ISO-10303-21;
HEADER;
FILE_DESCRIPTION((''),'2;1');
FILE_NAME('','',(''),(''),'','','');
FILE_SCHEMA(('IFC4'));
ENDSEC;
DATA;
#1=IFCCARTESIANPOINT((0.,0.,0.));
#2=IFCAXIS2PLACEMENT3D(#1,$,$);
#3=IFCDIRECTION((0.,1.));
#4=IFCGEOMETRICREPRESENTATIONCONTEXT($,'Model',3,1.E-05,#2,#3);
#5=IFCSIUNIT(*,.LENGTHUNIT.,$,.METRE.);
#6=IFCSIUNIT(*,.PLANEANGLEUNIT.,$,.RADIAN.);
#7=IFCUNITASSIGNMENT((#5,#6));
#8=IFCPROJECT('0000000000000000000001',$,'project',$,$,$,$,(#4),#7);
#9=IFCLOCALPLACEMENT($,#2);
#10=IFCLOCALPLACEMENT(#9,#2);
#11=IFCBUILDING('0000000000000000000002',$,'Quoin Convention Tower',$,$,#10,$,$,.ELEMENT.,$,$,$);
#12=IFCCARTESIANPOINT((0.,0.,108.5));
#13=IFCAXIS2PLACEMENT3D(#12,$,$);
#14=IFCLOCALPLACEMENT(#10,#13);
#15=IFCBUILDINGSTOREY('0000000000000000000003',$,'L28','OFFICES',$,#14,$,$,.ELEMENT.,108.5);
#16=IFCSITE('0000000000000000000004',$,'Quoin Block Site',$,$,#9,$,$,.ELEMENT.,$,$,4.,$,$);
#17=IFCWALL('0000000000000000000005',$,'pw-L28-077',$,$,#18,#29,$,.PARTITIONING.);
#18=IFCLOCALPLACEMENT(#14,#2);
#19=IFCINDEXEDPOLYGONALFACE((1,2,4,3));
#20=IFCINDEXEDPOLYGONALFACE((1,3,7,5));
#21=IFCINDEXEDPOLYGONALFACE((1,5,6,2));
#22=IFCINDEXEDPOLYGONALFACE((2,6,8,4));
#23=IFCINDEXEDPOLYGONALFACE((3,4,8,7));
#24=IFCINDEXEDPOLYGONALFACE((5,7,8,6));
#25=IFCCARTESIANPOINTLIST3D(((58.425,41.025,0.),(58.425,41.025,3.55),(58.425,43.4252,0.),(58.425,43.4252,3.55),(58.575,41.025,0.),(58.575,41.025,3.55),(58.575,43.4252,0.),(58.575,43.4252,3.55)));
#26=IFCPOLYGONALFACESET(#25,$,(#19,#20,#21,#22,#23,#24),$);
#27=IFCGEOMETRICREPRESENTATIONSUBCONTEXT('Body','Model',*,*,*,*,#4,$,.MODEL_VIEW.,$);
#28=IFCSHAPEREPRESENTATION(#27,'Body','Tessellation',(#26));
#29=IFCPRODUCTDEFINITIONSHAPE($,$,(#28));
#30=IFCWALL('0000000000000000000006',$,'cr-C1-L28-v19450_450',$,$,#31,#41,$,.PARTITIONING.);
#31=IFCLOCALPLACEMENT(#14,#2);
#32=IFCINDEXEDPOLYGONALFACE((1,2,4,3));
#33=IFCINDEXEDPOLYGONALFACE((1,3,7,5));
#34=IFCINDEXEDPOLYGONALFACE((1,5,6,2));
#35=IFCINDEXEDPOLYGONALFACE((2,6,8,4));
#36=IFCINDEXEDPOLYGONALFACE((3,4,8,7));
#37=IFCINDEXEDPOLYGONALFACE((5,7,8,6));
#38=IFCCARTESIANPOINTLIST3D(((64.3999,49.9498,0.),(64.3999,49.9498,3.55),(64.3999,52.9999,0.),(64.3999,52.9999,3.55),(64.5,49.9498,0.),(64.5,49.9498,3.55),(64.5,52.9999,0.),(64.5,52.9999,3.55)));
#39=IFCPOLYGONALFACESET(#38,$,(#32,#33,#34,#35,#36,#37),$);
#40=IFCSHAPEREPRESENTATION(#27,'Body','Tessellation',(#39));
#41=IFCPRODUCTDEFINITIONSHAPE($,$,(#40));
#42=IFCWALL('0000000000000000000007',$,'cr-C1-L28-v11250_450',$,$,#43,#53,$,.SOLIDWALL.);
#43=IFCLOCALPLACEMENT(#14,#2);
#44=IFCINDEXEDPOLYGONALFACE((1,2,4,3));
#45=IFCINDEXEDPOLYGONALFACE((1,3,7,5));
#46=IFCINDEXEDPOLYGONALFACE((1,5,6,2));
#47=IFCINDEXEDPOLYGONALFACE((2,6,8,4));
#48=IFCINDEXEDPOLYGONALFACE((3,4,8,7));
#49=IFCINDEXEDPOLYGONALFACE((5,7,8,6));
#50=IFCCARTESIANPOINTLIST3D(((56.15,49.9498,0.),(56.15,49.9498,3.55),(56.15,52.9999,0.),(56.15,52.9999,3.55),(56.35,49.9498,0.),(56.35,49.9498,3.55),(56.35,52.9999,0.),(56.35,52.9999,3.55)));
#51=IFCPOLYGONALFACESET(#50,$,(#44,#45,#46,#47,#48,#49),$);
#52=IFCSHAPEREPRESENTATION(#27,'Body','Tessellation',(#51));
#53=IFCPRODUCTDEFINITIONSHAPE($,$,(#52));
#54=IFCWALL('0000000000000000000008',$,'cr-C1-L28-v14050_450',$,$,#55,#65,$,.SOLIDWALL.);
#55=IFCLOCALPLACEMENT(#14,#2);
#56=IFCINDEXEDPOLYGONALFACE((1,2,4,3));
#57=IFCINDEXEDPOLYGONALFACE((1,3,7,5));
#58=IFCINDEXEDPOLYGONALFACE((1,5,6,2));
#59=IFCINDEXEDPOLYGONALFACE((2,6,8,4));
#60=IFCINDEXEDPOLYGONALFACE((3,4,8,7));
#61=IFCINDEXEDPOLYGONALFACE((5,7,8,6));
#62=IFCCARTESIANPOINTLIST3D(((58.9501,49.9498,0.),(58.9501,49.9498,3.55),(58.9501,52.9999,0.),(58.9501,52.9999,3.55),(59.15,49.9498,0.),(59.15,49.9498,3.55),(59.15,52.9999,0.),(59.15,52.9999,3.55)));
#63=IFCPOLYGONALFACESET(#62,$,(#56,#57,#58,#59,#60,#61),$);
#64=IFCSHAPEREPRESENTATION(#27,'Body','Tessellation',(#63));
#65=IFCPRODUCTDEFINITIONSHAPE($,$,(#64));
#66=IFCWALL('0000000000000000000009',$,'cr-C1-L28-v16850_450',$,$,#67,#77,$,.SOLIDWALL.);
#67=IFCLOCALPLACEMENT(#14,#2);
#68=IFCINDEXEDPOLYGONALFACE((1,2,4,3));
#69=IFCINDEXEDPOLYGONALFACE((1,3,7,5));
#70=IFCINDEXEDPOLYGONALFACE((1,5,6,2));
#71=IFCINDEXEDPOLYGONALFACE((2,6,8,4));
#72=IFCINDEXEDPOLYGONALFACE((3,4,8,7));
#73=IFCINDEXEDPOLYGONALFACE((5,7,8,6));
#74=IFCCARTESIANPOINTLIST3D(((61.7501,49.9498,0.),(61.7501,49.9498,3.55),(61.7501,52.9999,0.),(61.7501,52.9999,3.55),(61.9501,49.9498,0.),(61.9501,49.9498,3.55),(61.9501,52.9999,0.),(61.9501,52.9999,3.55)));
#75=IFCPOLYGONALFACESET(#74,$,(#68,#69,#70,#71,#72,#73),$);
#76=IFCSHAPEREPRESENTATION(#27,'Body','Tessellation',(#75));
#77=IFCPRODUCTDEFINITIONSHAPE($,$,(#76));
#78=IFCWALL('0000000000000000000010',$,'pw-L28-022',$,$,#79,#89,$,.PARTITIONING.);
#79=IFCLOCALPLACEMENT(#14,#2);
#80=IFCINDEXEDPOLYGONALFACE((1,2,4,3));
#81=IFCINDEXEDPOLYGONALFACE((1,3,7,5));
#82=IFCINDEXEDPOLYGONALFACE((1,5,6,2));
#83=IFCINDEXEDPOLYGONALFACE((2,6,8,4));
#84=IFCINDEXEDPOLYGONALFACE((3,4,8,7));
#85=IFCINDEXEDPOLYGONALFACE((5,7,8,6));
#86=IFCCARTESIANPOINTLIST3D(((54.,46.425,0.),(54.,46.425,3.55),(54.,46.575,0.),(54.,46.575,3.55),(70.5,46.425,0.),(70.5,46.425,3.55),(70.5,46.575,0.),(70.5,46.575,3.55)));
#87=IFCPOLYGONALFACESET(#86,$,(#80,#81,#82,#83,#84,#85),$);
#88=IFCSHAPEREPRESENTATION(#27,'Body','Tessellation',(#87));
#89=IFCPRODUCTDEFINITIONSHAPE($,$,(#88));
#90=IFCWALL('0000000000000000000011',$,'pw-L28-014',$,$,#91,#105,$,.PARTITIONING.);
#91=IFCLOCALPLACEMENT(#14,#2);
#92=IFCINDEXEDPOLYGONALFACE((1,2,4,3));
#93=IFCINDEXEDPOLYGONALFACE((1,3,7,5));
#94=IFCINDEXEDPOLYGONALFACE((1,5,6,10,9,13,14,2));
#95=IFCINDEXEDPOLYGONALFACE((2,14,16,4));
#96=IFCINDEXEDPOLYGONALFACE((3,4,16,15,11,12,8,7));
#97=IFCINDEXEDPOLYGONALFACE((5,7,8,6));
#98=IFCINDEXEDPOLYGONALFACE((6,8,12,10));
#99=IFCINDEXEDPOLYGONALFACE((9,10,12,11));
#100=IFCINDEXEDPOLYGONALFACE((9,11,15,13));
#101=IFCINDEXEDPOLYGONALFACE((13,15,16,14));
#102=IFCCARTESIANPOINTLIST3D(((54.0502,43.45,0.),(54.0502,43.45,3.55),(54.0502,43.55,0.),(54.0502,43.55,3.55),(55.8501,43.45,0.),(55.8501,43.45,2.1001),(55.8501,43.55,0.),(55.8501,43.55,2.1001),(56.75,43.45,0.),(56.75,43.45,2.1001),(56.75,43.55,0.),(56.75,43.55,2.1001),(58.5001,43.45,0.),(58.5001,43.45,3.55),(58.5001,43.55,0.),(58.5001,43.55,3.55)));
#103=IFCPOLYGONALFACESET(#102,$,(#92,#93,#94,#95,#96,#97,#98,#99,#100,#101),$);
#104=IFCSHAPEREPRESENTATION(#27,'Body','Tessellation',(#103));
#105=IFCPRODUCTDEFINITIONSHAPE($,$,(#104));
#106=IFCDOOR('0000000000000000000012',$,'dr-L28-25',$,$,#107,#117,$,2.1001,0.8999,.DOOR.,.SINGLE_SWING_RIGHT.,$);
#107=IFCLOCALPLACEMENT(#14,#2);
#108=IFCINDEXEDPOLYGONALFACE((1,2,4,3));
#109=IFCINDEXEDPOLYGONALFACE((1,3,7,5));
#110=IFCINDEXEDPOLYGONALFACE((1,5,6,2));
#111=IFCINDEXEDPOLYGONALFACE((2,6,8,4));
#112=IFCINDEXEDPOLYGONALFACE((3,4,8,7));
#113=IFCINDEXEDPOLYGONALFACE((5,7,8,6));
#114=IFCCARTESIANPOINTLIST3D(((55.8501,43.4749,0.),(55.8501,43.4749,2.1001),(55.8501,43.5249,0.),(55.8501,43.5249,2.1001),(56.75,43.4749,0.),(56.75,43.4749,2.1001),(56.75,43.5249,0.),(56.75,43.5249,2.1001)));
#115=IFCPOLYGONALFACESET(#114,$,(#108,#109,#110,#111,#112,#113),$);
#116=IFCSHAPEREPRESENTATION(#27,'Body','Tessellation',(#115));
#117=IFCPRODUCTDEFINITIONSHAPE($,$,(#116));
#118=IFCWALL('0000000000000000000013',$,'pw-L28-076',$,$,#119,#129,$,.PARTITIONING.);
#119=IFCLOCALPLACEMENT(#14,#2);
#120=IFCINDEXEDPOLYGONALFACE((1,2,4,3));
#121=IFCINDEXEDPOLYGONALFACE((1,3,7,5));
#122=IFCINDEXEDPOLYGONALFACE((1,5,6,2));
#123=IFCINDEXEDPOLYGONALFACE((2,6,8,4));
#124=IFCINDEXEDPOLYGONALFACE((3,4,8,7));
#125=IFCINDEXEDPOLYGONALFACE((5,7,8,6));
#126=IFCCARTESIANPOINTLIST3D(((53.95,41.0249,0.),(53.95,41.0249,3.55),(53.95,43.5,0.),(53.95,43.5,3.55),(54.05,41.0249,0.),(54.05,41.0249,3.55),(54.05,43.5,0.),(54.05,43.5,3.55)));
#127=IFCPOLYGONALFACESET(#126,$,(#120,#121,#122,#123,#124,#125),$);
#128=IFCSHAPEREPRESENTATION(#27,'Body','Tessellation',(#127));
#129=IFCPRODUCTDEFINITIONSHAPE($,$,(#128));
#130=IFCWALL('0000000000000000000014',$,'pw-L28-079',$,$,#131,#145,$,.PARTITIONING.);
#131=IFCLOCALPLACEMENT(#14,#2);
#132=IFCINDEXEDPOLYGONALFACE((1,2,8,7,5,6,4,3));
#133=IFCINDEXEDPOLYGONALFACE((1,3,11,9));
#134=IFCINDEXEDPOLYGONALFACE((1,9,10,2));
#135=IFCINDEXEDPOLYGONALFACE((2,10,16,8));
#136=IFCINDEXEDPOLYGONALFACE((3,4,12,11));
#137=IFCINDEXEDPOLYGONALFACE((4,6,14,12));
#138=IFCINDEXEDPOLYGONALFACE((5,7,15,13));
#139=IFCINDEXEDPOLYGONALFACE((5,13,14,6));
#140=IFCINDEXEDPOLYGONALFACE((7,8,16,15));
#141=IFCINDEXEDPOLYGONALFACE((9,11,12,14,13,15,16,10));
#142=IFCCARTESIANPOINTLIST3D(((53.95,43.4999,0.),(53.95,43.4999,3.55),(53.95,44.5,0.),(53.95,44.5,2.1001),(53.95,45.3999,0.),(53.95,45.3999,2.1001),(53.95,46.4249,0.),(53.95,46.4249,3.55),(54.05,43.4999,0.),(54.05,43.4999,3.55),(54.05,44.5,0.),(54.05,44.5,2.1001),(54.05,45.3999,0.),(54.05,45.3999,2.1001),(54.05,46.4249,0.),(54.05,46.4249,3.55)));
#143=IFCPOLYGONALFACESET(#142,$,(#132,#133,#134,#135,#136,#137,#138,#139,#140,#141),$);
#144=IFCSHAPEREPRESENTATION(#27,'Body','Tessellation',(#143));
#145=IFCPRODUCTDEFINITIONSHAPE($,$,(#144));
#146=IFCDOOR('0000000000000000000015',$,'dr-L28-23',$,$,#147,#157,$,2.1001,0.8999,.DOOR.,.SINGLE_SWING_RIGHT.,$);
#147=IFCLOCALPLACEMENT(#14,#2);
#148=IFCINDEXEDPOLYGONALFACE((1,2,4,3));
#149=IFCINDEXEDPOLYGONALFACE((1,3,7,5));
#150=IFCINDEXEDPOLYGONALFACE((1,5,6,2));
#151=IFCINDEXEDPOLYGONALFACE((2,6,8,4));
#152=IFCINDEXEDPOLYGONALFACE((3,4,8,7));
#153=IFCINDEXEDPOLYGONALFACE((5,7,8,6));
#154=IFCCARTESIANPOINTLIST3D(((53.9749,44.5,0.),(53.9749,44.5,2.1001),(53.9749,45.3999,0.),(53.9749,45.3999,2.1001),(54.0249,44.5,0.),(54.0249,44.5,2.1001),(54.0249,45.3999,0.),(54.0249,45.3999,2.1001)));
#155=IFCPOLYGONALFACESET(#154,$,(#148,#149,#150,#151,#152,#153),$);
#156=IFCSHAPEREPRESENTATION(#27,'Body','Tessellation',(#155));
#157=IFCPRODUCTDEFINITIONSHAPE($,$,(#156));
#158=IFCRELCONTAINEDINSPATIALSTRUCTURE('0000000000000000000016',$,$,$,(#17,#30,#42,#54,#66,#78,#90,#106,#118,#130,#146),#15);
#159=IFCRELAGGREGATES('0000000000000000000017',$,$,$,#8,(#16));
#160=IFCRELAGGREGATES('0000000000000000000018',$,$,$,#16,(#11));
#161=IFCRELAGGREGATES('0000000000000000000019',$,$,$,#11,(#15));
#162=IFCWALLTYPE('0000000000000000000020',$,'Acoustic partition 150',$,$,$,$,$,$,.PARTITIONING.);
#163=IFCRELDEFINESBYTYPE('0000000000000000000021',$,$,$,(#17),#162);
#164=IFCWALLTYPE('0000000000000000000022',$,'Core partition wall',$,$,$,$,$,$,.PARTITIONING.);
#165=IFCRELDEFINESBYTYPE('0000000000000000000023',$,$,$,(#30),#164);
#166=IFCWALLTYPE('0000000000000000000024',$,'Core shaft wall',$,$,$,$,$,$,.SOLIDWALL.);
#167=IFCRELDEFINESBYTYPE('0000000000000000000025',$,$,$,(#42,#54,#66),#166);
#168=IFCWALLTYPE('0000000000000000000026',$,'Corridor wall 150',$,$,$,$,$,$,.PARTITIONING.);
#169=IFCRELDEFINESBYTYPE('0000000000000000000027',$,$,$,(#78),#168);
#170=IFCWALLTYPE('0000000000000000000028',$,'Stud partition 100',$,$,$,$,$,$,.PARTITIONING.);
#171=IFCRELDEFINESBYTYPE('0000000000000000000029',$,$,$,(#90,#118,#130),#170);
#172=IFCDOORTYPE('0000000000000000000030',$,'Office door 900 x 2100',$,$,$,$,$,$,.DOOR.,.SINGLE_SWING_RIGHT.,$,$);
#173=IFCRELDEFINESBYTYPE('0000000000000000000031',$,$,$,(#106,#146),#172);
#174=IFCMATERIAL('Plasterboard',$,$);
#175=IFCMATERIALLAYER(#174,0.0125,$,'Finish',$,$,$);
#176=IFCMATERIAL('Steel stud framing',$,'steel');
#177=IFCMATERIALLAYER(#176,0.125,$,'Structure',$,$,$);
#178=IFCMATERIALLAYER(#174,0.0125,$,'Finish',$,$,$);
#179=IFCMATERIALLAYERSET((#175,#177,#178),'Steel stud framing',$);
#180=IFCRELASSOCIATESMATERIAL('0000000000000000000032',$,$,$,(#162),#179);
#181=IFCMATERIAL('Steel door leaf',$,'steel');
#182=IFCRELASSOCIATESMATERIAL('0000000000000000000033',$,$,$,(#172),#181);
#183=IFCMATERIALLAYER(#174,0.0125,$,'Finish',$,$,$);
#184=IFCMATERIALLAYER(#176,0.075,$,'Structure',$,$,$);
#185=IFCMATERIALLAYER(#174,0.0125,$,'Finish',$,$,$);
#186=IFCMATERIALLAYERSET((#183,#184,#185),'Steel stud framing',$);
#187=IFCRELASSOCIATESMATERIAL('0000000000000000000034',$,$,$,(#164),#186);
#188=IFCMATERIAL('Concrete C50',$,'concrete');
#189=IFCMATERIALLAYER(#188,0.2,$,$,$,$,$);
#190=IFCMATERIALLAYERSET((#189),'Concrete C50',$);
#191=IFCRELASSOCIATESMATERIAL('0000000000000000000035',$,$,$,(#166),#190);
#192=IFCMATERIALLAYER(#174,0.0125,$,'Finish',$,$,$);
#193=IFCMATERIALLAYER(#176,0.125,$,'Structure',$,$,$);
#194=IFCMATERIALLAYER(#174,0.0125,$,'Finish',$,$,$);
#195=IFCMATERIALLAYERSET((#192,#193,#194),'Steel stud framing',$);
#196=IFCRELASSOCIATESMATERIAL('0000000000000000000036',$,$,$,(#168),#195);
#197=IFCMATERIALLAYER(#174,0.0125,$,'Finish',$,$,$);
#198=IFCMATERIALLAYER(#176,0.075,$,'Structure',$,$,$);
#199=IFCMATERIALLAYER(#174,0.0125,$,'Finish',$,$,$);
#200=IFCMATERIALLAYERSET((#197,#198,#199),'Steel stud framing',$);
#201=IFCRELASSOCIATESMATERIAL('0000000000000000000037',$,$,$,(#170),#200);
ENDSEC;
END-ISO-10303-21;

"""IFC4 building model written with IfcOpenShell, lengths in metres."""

from ifc_helpers import new_model, si_unit, direction, frame, frame_2d, origin, place, context, subcontext, project, spatial, rectangle, extrude, material, layer, layer_set, type_object, element, fill, save


model = new_model("IFC4")

# Units and contexts
model_context = context("Model", 3, precision=1e-05, world=origin(), true_north=direction((0.0, 1.0)))
body_context = subcontext(model_context, "Body", "Model", "MODEL_VIEW")
ifc_project = project(units=[si_unit("LENGTHUNIT", "METRE"), si_unit("PLANEANGLEUNIT", "RADIAN")], contexts=[model_context])

# Site, building, storey
site_placement = place(None, origin())
site = spatial("IfcSite", under=ifc_project, at=site_placement, Name="Quoin Block Site", CompositionType="ELEMENT", RefElevation=4.0)
building_placement = place(site_placement, origin())
building = spatial("IfcBuilding", under=site, at=building_placement, Name="Quoin Convention Tower", CompositionType="ELEMENT")
storey_placement = place(building_placement, frame((0.0, 0.0, 108.5)))
storey = spatial("IfcBuildingStorey", under=building, at=storey_placement, Name="L28", Description="OFFICES", CompositionType="ELEMENT", Elevation=108.5)

# Shared definitions
ifc_material_1 = material(Name="Plasterboard")
ifc_layer_1 = layer(ifc_material_1, 0.0125, Name="Finish")
ifc_material_2 = material(Name="Steel stud framing", Category="steel")
ifc_layer_2 = layer(ifc_material_2, 0.125, Name="Structure")
ifc_layer_3 = layer(ifc_material_1, 0.0125, Name="Finish")
ifc_layer_set_1 = layer_set([ifc_layer_1, ifc_layer_2, ifc_layer_3], Name="Steel stud framing")
wall_type_1 = type_object("IfcWallType", Name="Acoustic partition 150", PredefinedType="PARTITIONING", material=ifc_layer_set_1)
ifc_material_3 = material(Name="Steel door leaf", Category="steel")
door_type = type_object("IfcDoorType", Name="Office door 900 x 2100", OperationType="SINGLE_SWING_RIGHT", PredefinedType="DOOR", material=ifc_material_3)

# Walls
wall_1_placement = place(storey_placement, frame((58.5, 41.0249, 0.0), z_axis=(0.0, 0.0, 1.0), x_axis=(0.0, 1.0, 0.0)))
element("IfcWall", 1, at=wall_1_placement, inside=storey, type_object=wall_type_1, Name="pw-L28-077", PredefinedType="PARTITIONING", context=body_context, shape_type="SweptSolid", body=[
    extrude(rectangle(XDim=2.4001, YDim=0.1499, at=frame_2d((1.2002, 0.0))), origin(), (0.0, 0.0, 1.0), 3.55),
])
ifc_layer_4 = layer(ifc_material_1, 0.0125, Name="Finish")
ifc_layer_5 = layer(ifc_material_2, 0.075, Name="Structure")
ifc_layer_6 = layer(ifc_material_1, 0.0125, Name="Finish")
ifc_layer_set_2 = layer_set([ifc_layer_4, ifc_layer_5, ifc_layer_6], Name="Steel stud framing")
wall_type_2 = type_object("IfcWallType", Name="Core partition wall", PredefinedType="PARTITIONING", material=ifc_layer_set_2)
wall_2_placement = place(storey_placement, frame((64.45, 49.95, 0.0), z_axis=(0.0, 0.0, 1.0), x_axis=(0.0, 1.0, 0.0)))
element("IfcWall", 2, at=wall_2_placement, inside=storey, type_object=wall_type_2, Name="cr-C1-L28-v19450_450", PredefinedType="PARTITIONING", context=body_context, shape_type="SweptSolid", body=[
    extrude(rectangle(XDim=3.05, YDim=0.1001, at=frame_2d((1.5249, 0.0))), origin(), (0.0, 0.0, 1.0), 3.55),
])
ifc_material_4 = material(Name="Concrete C50", Category="concrete")
ifc_layer_7 = layer(ifc_material_4, 0.2)
ifc_layer_set_3 = layer_set([ifc_layer_7], Name="Concrete C50")
wall_type_3 = type_object("IfcWallType", Name="Core shaft wall", PredefinedType="SOLIDWALL", material=ifc_layer_set_3)
for number, where, z_axis, x_axis, name in (
    (3, (56.25, 49.95, 0.0), (0.0, 0.0, 1.0), (0.0, 1.0, 0.0), "cr-C1-L28-v11250_450"),
    (4, (59.05, 49.95, 0.0), (0.0, 0.0, 1.0), (0.0, 1.0, 0.0), "cr-C1-L28-v14050_450"),
    (5, (61.8501, 49.95, 0.0), (0.0, 0.0, 1.0), (0.0, 1.0, 0.0), "cr-C1-L28-v16850_450"),
):
    element("IfcWall", number, at=place(storey_placement, frame(where, z_axis=z_axis, x_axis=x_axis)), inside=storey, type_object=wall_type_3, Name=name, PredefinedType="SOLIDWALL", context=body_context, shape_type="SweptSolid", body=[
        extrude(rectangle(XDim=3.05, YDim=0.2, at=frame_2d((1.5249, 0.0))), origin(), (0.0, 0.0, 1.0), 3.55),
    ])
ifc_layer_8 = layer(ifc_material_1, 0.0125, Name="Finish")
ifc_layer_9 = layer(ifc_material_2, 0.125, Name="Structure")
ifc_layer_10 = layer(ifc_material_1, 0.0125, Name="Finish")
ifc_layer_set_4 = layer_set([ifc_layer_8, ifc_layer_9, ifc_layer_10], Name="Steel stud framing")
wall_type_4 = type_object("IfcWallType", Name="Corridor wall 150", PredefinedType="PARTITIONING", material=ifc_layer_set_4)
wall_3_placement = place(storey_placement, frame((54.0, 46.5, 0.0), z_axis=(0.0, 0.0, 1.0), x_axis=(1.0, 0.0, 0.0)))
element("IfcWall", 6, at=wall_3_placement, inside=storey, type_object=wall_type_4, Name="pw-L28-022", PredefinedType="PARTITIONING", context=body_context, shape_type="SweptSolid", body=[
    extrude(rectangle(XDim=16.5, YDim=0.1499, at=frame_2d((8.25, 0.0))), origin(), (0.0, 0.0, 1.0), 3.55),
])

# Wall, opening, door
ifc_layer_11 = layer(ifc_material_1, 0.0125, Name="Finish")
ifc_layer_12 = layer(ifc_material_2, 0.075, Name="Structure")
ifc_layer_13 = layer(ifc_material_1, 0.0125, Name="Finish")
ifc_layer_set_5 = layer_set([ifc_layer_11, ifc_layer_12, ifc_layer_13], Name="Steel stud framing")
wall_type_5 = type_object("IfcWallType", Name="Stud partition 100", PredefinedType="PARTITIONING", material=ifc_layer_set_5)
wall_4_placement = place(storey_placement, frame((54.05, 43.5, 0.0), z_axis=(0.0, 0.0, 1.0), x_axis=(1.0, 0.0, 0.0)))
wall_4 = element("IfcWall", 7, at=wall_4_placement, inside=storey, type_object=wall_type_5, Name="pw-L28-014", PredefinedType="PARTITIONING", context=body_context, shape_type="SweptSolid", body=[
    extrude(rectangle(XDim=4.45, YDim=0.1001, at=frame_2d((2.2251, 0.0))), origin(), (0.0, 0.0, 1.0), 3.55),
])
opening_1_placement = place(wall_4_placement, frame((1.8, 0.0, 0.0)))
opening_1 = element("IfcOpeningElement", 8, at=opening_1_placement, cuts=wall_4, PredefinedType="OPENING", context=body_context, shape_type="SweptSolid", body=[
    extrude(rectangle(XDim=0.8999, YDim=2.1001, at=frame_2d((0.45, 1.05))), frame((0.0, 0.0601, 0.0), z_axis=(0.0, -1.0, 0.0), x_axis=(1.0, 0.0, 0.0)), (0.0, 0.0, 1.0), 0.1201),
])
door_1_placement = place(opening_1_placement, origin())
door_1 = element("IfcDoor", 9, at=door_1_placement, inside=storey, type_object=door_type, Name="dr-L28-25", OperationType="SINGLE_SWING_RIGHT", OverallHeight=2.1001, OverallWidth=0.8999, PredefinedType="DOOR", context=body_context, shape_type="SweptSolid", body=[
    extrude(rectangle(XDim=0.8999, YDim=2.1001, at=frame_2d((0.45, 1.05))), frame((0.0, 0.0249, 0.0), z_axis=(0.0, -1.0, 0.0), x_axis=(1.0, 0.0, 0.0)), (0.0, 0.0, 1.0), 0.05),
])
fill(opening_1, door_1)

# Wall
wall_5_placement = place(storey_placement, frame((54.0, 41.0249, 0.0), z_axis=(0.0, 0.0, 1.0), x_axis=(0.0, 1.0, 0.0)))
element("IfcWall", 10, at=wall_5_placement, inside=storey, type_object=wall_type_5, Name="pw-L28-076", PredefinedType="PARTITIONING", context=body_context, shape_type="SweptSolid", body=[
    extrude(rectangle(XDim=2.4751, YDim=0.1001, at=frame_2d((1.2375, 0.0))), origin(), (0.0, 0.0, 1.0), 3.55),
])

# Wall, opening, door
wall_6_placement = place(storey_placement, frame((54.0, 43.5, 0.0), z_axis=(0.0, 0.0, 1.0), x_axis=(0.0, 1.0, 0.0)))
wall_6 = element("IfcWall", 11, at=wall_6_placement, inside=storey, type_object=wall_type_5, Name="pw-L28-079", PredefinedType="PARTITIONING", context=body_context, shape_type="SweptSolid", body=[
    extrude(rectangle(XDim=2.925, YDim=0.1001, at=frame_2d((1.4624, 0.0))), origin(), (0.0, 0.0, 1.0), 3.55),
])
opening_2_placement = place(wall_6_placement, frame((1.0, 0.0, 0.0)))
opening_2 = element("IfcOpeningElement", 12, at=opening_2_placement, cuts=wall_6, PredefinedType="OPENING", context=body_context, shape_type="SweptSolid", body=[
    extrude(rectangle(XDim=0.8999, YDim=2.1001, at=frame_2d((0.45, 1.05))), frame((0.0, 0.0601, 0.0), z_axis=(0.0, -1.0, 0.0), x_axis=(1.0, 0.0, 0.0)), (0.0, 0.0, 1.0), 0.1201),
])
door_2_placement = place(opening_2_placement, frame((0.8999, 0.0, 0.0), z_axis=(0.0, 0.0, 1.0), x_axis=(-1.0, 0.0, 0.0)))
door_2 = element("IfcDoor", 13, at=door_2_placement, inside=storey, type_object=door_type, Name="dr-L28-23", OperationType="SINGLE_SWING_RIGHT", OverallHeight=2.1001, OverallWidth=0.8999, PredefinedType="DOOR", context=body_context, shape_type="SweptSolid", body=[
    extrude(rectangle(XDim=0.8999, YDim=2.1001, at=frame_2d((0.45, 1.05))), frame((0.0, 0.0249, 0.0), z_axis=(0.0, -1.0, 0.0), x_axis=(1.0, 0.0, 0.0)), (0.0, 0.0, 1.0), 0.05),
])
fill(opening_2, door_2)

save(model, "model.ifc")
